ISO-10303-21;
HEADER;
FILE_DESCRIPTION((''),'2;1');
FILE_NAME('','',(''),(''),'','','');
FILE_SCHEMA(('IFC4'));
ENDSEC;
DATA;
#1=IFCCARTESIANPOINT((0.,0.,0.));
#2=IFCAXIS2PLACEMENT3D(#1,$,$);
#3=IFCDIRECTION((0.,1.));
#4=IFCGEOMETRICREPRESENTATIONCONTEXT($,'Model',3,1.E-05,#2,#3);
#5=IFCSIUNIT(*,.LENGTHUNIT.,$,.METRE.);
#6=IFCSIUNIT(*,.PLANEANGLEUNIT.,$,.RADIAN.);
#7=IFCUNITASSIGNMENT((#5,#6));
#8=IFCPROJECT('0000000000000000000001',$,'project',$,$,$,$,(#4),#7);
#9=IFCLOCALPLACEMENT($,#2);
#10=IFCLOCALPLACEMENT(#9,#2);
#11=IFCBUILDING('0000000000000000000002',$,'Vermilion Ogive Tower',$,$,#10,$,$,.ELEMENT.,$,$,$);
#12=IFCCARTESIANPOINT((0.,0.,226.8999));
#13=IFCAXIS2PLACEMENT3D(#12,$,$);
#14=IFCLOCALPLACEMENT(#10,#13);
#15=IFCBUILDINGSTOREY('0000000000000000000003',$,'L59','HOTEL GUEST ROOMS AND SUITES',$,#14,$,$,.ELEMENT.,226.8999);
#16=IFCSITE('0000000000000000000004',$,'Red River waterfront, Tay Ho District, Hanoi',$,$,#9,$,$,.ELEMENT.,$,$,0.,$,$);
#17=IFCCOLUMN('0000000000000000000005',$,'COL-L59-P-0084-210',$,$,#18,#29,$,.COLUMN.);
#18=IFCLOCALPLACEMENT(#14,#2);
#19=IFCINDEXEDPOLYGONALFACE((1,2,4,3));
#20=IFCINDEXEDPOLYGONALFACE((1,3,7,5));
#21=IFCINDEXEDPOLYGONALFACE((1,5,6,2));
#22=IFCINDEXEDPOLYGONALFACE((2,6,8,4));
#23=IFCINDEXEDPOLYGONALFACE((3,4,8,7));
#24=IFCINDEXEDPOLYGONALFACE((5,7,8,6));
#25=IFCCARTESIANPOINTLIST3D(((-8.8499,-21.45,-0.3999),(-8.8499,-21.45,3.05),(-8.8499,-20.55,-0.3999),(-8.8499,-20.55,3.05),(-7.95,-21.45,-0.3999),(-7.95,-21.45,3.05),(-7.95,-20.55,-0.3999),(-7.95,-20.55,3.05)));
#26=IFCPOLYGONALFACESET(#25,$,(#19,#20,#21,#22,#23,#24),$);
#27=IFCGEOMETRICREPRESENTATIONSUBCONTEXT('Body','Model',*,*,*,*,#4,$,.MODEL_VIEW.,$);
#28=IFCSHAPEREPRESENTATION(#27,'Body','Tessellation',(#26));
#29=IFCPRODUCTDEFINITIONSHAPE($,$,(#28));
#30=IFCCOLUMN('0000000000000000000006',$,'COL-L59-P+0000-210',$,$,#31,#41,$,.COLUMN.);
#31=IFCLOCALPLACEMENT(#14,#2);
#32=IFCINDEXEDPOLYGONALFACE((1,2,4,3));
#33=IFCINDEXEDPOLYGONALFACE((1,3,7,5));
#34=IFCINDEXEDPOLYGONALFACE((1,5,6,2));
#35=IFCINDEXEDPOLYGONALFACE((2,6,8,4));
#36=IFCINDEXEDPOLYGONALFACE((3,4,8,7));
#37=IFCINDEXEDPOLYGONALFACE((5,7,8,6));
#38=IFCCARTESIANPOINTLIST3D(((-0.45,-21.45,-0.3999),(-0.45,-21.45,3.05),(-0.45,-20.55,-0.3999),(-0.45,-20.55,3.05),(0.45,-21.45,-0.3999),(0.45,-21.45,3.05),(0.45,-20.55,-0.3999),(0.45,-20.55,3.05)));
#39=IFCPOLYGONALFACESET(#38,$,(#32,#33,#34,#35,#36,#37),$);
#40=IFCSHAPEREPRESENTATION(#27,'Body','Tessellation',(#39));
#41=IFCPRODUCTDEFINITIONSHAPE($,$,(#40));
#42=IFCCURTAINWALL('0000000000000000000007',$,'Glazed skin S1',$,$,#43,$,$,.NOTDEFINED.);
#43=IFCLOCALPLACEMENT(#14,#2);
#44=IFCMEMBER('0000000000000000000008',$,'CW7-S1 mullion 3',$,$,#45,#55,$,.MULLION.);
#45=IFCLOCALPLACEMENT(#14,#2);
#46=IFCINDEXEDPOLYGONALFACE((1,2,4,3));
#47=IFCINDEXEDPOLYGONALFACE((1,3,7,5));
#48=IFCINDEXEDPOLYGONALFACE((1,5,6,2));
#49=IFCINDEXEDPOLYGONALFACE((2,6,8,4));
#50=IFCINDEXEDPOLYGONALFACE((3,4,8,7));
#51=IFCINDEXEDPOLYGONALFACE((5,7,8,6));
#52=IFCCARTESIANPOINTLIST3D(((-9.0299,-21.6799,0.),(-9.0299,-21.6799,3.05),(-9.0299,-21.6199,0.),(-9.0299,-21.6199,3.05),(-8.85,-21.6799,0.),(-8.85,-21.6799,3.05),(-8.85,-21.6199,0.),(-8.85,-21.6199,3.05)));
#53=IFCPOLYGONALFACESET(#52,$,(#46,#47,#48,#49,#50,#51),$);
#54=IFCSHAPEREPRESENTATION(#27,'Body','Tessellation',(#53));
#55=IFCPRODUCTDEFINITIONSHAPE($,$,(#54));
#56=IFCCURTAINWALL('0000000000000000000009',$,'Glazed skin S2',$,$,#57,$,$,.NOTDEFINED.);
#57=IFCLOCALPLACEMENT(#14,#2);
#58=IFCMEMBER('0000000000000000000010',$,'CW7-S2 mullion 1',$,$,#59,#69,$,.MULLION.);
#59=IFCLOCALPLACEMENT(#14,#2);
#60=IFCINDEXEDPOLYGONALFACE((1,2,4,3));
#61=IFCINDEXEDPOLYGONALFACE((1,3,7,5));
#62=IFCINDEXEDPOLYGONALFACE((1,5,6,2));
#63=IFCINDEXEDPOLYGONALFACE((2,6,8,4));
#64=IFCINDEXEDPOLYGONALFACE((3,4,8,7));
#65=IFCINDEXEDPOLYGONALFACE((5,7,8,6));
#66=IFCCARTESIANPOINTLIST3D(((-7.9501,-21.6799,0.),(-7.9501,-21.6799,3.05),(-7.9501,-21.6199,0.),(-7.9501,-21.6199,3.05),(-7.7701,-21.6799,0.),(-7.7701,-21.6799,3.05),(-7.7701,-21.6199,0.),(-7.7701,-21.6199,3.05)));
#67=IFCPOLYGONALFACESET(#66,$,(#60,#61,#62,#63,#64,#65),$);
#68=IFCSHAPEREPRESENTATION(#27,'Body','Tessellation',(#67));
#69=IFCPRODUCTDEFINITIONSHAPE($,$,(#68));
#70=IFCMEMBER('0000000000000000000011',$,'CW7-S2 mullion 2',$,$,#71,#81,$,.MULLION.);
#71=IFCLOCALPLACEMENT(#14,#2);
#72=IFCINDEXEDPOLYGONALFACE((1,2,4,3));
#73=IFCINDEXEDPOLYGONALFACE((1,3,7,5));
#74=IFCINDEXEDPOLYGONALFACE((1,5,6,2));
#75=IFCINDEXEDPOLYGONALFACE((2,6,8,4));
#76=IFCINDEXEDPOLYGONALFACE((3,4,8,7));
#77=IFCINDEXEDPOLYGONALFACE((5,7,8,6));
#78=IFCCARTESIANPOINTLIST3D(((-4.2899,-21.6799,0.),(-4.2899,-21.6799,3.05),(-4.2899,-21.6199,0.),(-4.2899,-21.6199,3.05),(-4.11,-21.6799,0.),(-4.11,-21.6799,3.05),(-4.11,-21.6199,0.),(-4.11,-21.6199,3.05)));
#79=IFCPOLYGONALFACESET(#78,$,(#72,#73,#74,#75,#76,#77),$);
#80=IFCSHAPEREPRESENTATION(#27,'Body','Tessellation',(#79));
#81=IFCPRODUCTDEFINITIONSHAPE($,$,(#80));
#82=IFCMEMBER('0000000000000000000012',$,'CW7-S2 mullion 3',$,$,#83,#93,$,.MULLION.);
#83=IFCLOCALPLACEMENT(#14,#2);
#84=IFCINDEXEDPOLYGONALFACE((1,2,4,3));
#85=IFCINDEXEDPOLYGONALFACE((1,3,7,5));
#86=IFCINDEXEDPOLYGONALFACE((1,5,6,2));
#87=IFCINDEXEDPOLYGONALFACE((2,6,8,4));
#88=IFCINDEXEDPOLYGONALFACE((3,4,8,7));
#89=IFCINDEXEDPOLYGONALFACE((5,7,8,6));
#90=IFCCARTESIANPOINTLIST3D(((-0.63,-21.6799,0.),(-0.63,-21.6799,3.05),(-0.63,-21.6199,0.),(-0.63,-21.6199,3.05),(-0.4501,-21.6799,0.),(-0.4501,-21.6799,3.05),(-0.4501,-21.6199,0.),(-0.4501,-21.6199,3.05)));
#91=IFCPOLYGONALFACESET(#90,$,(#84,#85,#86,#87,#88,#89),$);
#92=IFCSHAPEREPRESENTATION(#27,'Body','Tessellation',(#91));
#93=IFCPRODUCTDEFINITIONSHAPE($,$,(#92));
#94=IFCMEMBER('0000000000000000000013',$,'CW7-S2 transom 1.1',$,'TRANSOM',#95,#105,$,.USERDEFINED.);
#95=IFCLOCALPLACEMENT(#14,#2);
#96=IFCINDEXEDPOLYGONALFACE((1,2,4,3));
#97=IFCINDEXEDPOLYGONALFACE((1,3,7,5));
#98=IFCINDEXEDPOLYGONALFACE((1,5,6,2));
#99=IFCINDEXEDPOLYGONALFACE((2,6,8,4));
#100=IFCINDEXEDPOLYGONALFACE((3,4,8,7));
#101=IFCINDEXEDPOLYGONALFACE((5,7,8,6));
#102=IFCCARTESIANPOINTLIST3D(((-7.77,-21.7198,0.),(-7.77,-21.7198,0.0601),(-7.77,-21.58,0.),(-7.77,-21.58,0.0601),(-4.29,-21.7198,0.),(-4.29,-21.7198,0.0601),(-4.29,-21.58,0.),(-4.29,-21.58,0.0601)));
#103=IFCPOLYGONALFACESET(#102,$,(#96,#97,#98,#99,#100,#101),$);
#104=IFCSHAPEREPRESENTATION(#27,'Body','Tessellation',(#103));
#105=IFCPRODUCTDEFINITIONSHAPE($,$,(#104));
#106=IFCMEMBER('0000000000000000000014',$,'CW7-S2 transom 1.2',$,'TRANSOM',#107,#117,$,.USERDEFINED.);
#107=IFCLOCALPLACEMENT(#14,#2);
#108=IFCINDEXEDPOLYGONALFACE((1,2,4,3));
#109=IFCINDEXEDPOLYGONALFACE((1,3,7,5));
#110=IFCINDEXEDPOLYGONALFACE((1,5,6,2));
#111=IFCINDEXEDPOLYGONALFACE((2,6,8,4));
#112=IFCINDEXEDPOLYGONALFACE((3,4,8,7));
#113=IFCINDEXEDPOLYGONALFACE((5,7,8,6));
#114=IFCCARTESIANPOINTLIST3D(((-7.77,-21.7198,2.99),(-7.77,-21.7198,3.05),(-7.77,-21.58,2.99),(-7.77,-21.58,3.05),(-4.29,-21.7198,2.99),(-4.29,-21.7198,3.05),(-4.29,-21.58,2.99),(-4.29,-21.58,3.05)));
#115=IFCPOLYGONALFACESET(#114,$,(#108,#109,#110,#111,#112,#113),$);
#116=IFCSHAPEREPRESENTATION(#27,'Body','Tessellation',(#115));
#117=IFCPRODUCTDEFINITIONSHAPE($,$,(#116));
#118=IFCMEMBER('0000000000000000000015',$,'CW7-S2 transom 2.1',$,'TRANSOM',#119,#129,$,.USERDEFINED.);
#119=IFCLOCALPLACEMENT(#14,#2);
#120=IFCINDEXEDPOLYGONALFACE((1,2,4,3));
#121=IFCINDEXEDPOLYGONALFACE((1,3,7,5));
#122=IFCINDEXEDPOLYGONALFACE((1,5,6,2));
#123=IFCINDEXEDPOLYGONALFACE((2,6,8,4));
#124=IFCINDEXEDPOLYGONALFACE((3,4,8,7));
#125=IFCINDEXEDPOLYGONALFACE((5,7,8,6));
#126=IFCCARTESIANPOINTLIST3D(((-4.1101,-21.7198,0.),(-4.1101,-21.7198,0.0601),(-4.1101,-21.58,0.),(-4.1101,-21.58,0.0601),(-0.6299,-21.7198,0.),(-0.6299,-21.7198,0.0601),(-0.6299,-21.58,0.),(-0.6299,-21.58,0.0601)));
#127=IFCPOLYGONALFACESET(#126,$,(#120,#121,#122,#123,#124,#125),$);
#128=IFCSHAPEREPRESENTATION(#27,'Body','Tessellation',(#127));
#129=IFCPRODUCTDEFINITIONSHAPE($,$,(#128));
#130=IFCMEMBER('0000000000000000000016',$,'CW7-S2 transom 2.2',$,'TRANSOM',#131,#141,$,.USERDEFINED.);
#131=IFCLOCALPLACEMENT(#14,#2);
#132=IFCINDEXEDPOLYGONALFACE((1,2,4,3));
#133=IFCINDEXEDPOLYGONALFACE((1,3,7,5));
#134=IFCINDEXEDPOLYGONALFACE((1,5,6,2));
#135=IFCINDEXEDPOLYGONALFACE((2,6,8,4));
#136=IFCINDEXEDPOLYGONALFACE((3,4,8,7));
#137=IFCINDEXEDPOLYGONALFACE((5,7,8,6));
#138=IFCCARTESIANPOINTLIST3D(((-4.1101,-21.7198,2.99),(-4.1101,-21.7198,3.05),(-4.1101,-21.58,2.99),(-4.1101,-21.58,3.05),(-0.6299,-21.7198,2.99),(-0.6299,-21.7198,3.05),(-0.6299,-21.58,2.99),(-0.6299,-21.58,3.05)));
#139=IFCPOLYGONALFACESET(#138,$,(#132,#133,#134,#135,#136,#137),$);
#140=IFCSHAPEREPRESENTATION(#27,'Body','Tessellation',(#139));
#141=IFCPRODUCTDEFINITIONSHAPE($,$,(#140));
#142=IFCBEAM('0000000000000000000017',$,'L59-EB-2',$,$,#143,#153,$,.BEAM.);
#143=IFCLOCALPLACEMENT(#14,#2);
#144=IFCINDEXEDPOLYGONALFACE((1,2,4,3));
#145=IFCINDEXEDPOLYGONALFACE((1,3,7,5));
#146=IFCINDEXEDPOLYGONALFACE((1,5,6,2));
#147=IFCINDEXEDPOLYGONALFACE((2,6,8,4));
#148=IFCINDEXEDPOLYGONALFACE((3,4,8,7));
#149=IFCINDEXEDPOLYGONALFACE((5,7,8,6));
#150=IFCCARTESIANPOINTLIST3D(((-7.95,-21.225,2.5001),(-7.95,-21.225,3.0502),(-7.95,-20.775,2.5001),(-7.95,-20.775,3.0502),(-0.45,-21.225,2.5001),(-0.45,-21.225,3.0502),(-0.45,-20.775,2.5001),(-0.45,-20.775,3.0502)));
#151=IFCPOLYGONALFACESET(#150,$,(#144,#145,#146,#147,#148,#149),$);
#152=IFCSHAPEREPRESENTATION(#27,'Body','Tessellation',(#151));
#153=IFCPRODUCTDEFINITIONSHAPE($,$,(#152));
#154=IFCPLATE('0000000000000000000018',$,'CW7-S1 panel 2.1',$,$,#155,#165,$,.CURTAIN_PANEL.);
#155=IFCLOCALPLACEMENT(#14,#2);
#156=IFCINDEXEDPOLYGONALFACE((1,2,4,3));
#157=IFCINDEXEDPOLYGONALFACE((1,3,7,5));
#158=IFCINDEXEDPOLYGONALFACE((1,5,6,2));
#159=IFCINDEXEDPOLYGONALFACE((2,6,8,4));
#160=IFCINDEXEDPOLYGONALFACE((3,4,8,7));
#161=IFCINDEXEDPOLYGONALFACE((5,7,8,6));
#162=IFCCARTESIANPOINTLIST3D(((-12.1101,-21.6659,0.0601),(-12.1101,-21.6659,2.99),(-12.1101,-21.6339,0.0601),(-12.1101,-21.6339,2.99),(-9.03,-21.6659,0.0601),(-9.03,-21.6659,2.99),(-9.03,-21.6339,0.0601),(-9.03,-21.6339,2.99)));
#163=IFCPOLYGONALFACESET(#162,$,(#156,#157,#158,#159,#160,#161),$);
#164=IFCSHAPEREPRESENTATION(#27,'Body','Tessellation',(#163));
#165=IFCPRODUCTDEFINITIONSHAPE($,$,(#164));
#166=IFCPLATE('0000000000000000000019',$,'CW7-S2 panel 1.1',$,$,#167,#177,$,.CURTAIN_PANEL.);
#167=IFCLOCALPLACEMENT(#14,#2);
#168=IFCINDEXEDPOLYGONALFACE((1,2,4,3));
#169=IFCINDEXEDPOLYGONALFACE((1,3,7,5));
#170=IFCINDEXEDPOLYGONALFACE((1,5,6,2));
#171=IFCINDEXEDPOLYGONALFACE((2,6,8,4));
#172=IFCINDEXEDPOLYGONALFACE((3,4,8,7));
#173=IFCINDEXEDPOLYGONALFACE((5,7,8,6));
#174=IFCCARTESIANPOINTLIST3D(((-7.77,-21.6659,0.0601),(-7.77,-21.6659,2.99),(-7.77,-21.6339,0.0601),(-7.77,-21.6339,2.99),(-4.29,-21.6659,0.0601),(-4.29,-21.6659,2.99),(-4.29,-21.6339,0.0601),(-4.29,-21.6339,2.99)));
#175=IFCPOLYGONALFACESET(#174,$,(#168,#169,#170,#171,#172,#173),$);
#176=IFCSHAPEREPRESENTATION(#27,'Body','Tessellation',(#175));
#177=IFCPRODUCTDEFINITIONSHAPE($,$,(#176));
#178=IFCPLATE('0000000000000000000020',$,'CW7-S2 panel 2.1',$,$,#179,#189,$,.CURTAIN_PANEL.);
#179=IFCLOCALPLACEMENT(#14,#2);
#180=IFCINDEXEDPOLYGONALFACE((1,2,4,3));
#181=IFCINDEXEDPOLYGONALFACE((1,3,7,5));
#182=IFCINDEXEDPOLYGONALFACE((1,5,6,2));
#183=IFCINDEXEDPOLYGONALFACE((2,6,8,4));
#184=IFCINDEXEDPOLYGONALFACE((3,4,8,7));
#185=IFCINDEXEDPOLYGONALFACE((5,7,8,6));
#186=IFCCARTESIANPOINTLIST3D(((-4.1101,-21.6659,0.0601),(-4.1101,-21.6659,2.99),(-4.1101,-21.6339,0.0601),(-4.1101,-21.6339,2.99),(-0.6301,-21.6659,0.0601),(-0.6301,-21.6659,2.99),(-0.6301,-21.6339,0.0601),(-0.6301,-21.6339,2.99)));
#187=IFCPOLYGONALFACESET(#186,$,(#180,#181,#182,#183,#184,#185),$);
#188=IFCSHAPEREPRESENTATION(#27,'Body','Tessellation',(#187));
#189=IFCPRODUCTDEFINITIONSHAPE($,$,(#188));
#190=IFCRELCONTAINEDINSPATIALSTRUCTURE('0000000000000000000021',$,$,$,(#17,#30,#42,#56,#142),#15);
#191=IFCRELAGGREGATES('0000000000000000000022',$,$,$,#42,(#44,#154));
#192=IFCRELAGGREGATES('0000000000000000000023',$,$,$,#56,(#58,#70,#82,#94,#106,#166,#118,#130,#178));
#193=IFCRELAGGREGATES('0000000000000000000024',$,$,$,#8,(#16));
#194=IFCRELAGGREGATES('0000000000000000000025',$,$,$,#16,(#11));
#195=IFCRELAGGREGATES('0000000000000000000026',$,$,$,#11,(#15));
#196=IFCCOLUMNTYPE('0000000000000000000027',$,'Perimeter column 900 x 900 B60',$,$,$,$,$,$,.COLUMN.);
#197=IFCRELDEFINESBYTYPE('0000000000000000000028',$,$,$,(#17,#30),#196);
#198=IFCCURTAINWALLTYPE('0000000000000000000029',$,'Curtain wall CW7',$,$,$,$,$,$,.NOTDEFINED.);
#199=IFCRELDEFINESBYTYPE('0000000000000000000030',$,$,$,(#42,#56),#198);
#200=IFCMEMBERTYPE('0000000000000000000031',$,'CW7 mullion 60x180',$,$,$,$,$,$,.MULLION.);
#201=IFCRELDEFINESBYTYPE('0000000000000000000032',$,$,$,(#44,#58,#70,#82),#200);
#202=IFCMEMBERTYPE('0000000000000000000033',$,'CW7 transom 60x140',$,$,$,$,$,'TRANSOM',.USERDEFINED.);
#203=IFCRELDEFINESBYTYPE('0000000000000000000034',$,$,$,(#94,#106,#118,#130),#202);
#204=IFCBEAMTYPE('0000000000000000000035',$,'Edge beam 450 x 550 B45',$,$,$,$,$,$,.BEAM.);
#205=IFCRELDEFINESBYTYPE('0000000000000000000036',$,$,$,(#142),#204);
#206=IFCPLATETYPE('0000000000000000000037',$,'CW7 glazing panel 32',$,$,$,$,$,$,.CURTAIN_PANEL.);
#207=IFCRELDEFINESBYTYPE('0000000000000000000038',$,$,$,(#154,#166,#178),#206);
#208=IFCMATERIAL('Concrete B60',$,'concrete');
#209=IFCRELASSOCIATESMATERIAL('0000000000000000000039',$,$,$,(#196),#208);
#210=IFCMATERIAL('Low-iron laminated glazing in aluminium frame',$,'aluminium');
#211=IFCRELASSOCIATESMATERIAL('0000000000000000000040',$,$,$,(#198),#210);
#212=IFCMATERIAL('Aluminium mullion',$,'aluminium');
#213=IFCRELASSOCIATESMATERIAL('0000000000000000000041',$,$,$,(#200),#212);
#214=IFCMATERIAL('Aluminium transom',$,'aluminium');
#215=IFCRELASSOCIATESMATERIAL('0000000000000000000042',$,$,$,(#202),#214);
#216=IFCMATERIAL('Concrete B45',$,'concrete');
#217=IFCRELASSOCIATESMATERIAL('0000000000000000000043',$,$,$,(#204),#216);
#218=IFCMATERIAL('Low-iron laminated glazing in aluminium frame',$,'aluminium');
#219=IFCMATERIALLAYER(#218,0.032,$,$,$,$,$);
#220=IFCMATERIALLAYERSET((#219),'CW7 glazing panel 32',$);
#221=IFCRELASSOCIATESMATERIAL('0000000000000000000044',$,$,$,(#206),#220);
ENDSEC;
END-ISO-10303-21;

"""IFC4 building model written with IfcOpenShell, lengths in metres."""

from ifc_helpers import new_model, si_unit, direction, frame, origin, origin_2d, place, context, subcontext, project, spatial, rectangle, extrude, material, layer, layer_set, material_profile, profile_set, type_object, element, aggregate, save


model = new_model("IFC4")

# Units and contexts
model_context = context("Model", 3, precision=1e-05, world=origin(), true_north=direction((0.0, 1.0)))
body_context = subcontext(model_context, "Body", "Model", "MODEL_VIEW")
ifc_project = project(units=[si_unit("LENGTHUNIT", "METRE"), si_unit("PLANEANGLEUNIT", "RADIAN")], contexts=[model_context])

# Site, building, storey
site_placement = place(None, origin())
site = spatial("IfcSite", under=ifc_project, at=site_placement, Name="Red River waterfront, Tay Ho District, Hanoi", CompositionType="ELEMENT", RefElevation=0.0)
building_placement = place(site_placement, origin())
building = spatial("IfcBuilding", under=site, at=building_placement, Name="Vermilion Ogive Tower", CompositionType="ELEMENT")
storey_placement = place(building_placement, frame((0.0, 0.0, 226.8999)))
storey = spatial("IfcBuildingStorey", under=building, at=storey_placement, Name="L59", Description="HOTEL GUEST ROOMS AND SUITES", CompositionType="ELEMENT", Elevation=226.8999)

# Columns
ifc_material_1 = material(Name="Concrete B60", Category="concrete")
ifc_material_profile_1 = material_profile(ifc_material_1, rectangle(XDim=0.8999, YDim=0.8999, at=origin_2d()), Name="900 x 900")
ifc_profile_set_1 = profile_set([ifc_material_profile_1], Name="Concrete B60")
column_type = type_object("IfcColumnType", Name="Perimeter column 900 x 900 B60", PredefinedType="COLUMN", material=ifc_profile_set_1)
for number, where, z_axis, x_axis, name in (
    (1, (-8.3999, -21.0, -0.3999), (0.0, 0.0, 1.0), (1.0, 0.0, 0.0), "COL-L59-P-0084-210"),
    (2, (0.0, -21.0, -0.3999), (0.0, 0.0, 1.0), (1.0, 0.0, 0.0), "COL-L59-P+0000-210"),
):
    element("IfcColumn", number, at=place(storey_placement, frame(where, z_axis=z_axis, x_axis=x_axis)), inside=storey, type_object=column_type, Name=name, PredefinedType="COLUMN", context=body_context, shape_type="SweptSolid", body=[
        extrude(rectangle(XDim=0.8999, YDim=0.8999, at=origin_2d()), origin(), (0.0, 0.0, 1.0), 3.45),
    ])

# Curtain wall, member
ifc_material_2 = material(Name="Low-iron laminated glazing in aluminium frame", Category="aluminium")
curtain_wall_type = type_object("IfcCurtainWallType", Name="Curtain wall CW7", PredefinedType="NOTDEFINED", material=ifc_material_2)
curtain_wall_1_placement = place(storey_placement, origin())
curtain_wall_1 = element("IfcCurtainWall", 3, at=curtain_wall_1_placement, inside=storey, type_object=curtain_wall_type, Name="Glazed skin S1", PredefinedType="NOTDEFINED")
ifc_material_3 = material(Name="Aluminium mullion", Category="aluminium")
ifc_material_profile_2 = material_profile(ifc_material_3, rectangle(XDim=0.0601, YDim=0.1799, at=origin_2d()), Name="AL 60x180")
ifc_profile_set_2 = profile_set([ifc_material_profile_2], Name="Aluminium mullion")
member_type_1 = type_object("IfcMemberType", Name="CW7 mullion 60x180", PredefinedType="MULLION", material=ifc_profile_set_2)
member_1_placement = place(storey_placement, frame((-8.9399, -21.6499, 0.0), z_axis=(0.0, 0.0, 1.0), x_axis=(0.0, 1.0, 0.0)))
member_1 = element("IfcMember", 4, at=member_1_placement, type_object=member_type_1, Name="CW7-S1 mullion 3", PredefinedType="MULLION", context=body_context, shape_type="SweptSolid", body=[
    extrude(rectangle(XDim=0.0601, YDim=0.1799, at=origin_2d()), origin(), (0.0, 0.0, 1.0), 3.05),
])

# Curtain wall, members
curtain_wall_2_placement = place(storey_placement, origin())
curtain_wall_2 = element("IfcCurtainWall", 5, at=curtain_wall_2_placement, inside=storey, type_object=curtain_wall_type, Name="Glazed skin S2", PredefinedType="NOTDEFINED")
member_2_placement = place(storey_placement, frame((-7.8601, -21.6499, 0.0), z_axis=(0.0, 0.0, 1.0), x_axis=(0.0, 1.0, 0.0)))
member_2 = element("IfcMember", 6, at=member_2_placement, type_object=member_type_1, Name="CW7-S2 mullion 1", PredefinedType="MULLION", context=body_context, shape_type="SweptSolid", body=[
    extrude(rectangle(XDim=0.0601, YDim=0.1799, at=origin_2d()), origin(), (0.0, 0.0, 1.0), 3.05),
])
member_3_placement = place(storey_placement, frame((-4.2, -21.6499, 0.0), z_axis=(0.0, 0.0, 1.0), x_axis=(0.0, 1.0, 0.0)))
member_3 = element("IfcMember", 7, at=member_3_placement, type_object=member_type_1, Name="CW7-S2 mullion 2", PredefinedType="MULLION", context=body_context, shape_type="SweptSolid", body=[
    extrude(rectangle(XDim=0.0601, YDim=0.1799, at=origin_2d()), origin(), (0.0, 0.0, 1.0), 3.05),
])
member_4_placement = place(storey_placement, frame((-0.54, -21.6499, 0.0), z_axis=(0.0, 0.0, 1.0), x_axis=(0.0, 1.0, 0.0)))
member_4 = element("IfcMember", 8, at=member_4_placement, type_object=member_type_1, Name="CW7-S2 mullion 3", PredefinedType="MULLION", context=body_context, shape_type="SweptSolid", body=[
    extrude(rectangle(XDim=0.0601, YDim=0.1799, at=origin_2d()), origin(), (0.0, 0.0, 1.0), 3.05),
])
ifc_material_4 = material(Name="Aluminium transom", Category="aluminium")
ifc_material_profile_3 = material_profile(ifc_material_4, rectangle(XDim=0.1399, YDim=0.0601, at=origin_2d()), Name="AL 60x140")
ifc_profile_set_3 = profile_set([ifc_material_profile_3], Name="Aluminium transom")
member_type_2 = type_object("IfcMemberType", Name="CW7 transom 60x140", ElementType="TRANSOM", PredefinedType="USERDEFINED", material=ifc_profile_set_3)
member_5_placement = place(storey_placement, frame((-7.77, -21.6499, 0.03), z_axis=(1.0, 0.0, 0.0), x_axis=(0.0, 1.0, 0.0)))
member_5 = element("IfcMember", 9, at=member_5_placement, type_object=member_type_2, Name="CW7-S2 transom 1.1", ObjectType="TRANSOM", PredefinedType="USERDEFINED", context=body_context, shape_type="SweptSolid", body=[
    extrude(rectangle(XDim=0.1399, YDim=0.0601, at=origin_2d()), origin(), (0.0, 0.0, 1.0), 3.48),
])
member_6_placement = place(storey_placement, frame((-7.77, -21.6499, 3.02), z_axis=(1.0, 0.0, 0.0), x_axis=(0.0, 1.0, 0.0)))
member_6 = element("IfcMember", 10, at=member_6_placement, type_object=member_type_2, Name="CW7-S2 transom 1.2", ObjectType="TRANSOM", PredefinedType="USERDEFINED", context=body_context, shape_type="SweptSolid", body=[
    extrude(rectangle(XDim=0.1399, YDim=0.0601, at=origin_2d()), origin(), (0.0, 0.0, 1.0), 3.48),
])
member_7_placement = place(storey_placement, frame((-4.1101, -21.6499, 0.03), z_axis=(1.0, 0.0, 0.0), x_axis=(0.0, 1.0, 0.0)))
member_7 = element("IfcMember", 11, at=member_7_placement, type_object=member_type_2, Name="CW7-S2 transom 2.1", ObjectType="TRANSOM", PredefinedType="USERDEFINED", context=body_context, shape_type="SweptSolid", body=[
    extrude(rectangle(XDim=0.1399, YDim=0.0601, at=origin_2d()), origin(), (0.0, 0.0, 1.0), 3.4802),
])
member_8_placement = place(storey_placement, frame((-4.1101, -21.6499, 3.02), z_axis=(1.0, 0.0, 0.0), x_axis=(0.0, 1.0, 0.0)))
member_8 = element("IfcMember", 12, at=member_8_placement, type_object=member_type_2, Name="CW7-S2 transom 2.2", ObjectType="TRANSOM", PredefinedType="USERDEFINED", context=body_context, shape_type="SweptSolid", body=[
    extrude(rectangle(XDim=0.1399, YDim=0.0601, at=origin_2d()), origin(), (0.0, 0.0, 1.0), 3.4802),
])

# Beam
ifc_material_5 = material(Name="Concrete B45", Category="concrete")
ifc_material_profile_4 = material_profile(ifc_material_5, rectangle(XDim=0.45, YDim=0.55, at=origin_2d()), Name="450 x 550")
ifc_profile_set_4 = profile_set([ifc_material_profile_4], Name="Concrete B45")
beam_type = type_object("IfcBeamType", Name="Edge beam 450 x 550 B45", PredefinedType="BEAM", material=ifc_profile_set_4)
beam_placement = place(storey_placement, frame((-7.95, -21.0, 2.7751), z_axis=(1.0, 0.0, 0.0), x_axis=(0.0, 1.0, 0.0)))
element("IfcBeam", 13, at=beam_placement, inside=storey, type_object=beam_type, Name="L59-EB-2", PredefinedType="BEAM", context=body_context, shape_type="SweptSolid", body=[
    extrude(rectangle(XDim=0.45, YDim=0.55, at=origin_2d()), origin(), (0.0, 0.0, 1.0), 7.5),
])

# Plates
ifc_material_6 = material(Name="Low-iron laminated glazing in aluminium frame", Category="aluminium")
ifc_layer_1 = layer(ifc_material_6, 0.032)
ifc_layer_set_1 = layer_set([ifc_layer_1], Name="CW7 glazing panel 32")
plate_type = type_object("IfcPlateType", Name="CW7 glazing panel 32", PredefinedType="CURTAIN_PANEL", material=ifc_layer_set_1)
plate_1_placement = place(storey_placement, frame((-10.5701, -21.6499, 0.0601), z_axis=(0.0, 0.0, 1.0), x_axis=(1.0, 0.0, 0.0)))
plate_1 = element("IfcPlate", 14, at=plate_1_placement, type_object=plate_type, Name="CW7-S1 panel 2.1", PredefinedType="CURTAIN_PANEL", context=body_context, shape_type="SweptSolid", body=[
    extrude(rectangle(XDim=3.0801, YDim=0.032, at=origin_2d()), origin(), (0.0, 0.0, 1.0), 2.9299),
])
aggregate(curtain_wall_1, [member_1, plate_1])
plate_2_placement = place(storey_placement, frame((-6.03, -21.6499, 0.0601), z_axis=(0.0, 0.0, 1.0), x_axis=(1.0, 0.0, 0.0)))
plate_2 = element("IfcPlate", 15, at=plate_2_placement, type_object=plate_type, Name="CW7-S2 panel 1.1", PredefinedType="CURTAIN_PANEL", context=body_context, shape_type="SweptSolid", body=[
    extrude(rectangle(XDim=3.48, YDim=0.032, at=origin_2d()), origin(), (0.0, 0.0, 1.0), 2.9299),
])
plate_3_placement = place(storey_placement, frame((-2.3701, -21.6499, 0.0601), z_axis=(0.0, 0.0, 1.0), x_axis=(1.0, 0.0, 0.0)))
plate_3 = element("IfcPlate", 16, at=plate_3_placement, type_object=plate_type, Name="CW7-S2 panel 2.1", PredefinedType="CURTAIN_PANEL", context=body_context, shape_type="SweptSolid", body=[
    extrude(rectangle(XDim=3.48, YDim=0.032, at=origin_2d()), origin(), (0.0, 0.0, 1.0), 2.9299),
])
aggregate(curtain_wall_2, [member_2, member_3, member_4, member_5, member_6, plate_2, member_7, member_8, plate_3])

save(model, "model.ifc")
